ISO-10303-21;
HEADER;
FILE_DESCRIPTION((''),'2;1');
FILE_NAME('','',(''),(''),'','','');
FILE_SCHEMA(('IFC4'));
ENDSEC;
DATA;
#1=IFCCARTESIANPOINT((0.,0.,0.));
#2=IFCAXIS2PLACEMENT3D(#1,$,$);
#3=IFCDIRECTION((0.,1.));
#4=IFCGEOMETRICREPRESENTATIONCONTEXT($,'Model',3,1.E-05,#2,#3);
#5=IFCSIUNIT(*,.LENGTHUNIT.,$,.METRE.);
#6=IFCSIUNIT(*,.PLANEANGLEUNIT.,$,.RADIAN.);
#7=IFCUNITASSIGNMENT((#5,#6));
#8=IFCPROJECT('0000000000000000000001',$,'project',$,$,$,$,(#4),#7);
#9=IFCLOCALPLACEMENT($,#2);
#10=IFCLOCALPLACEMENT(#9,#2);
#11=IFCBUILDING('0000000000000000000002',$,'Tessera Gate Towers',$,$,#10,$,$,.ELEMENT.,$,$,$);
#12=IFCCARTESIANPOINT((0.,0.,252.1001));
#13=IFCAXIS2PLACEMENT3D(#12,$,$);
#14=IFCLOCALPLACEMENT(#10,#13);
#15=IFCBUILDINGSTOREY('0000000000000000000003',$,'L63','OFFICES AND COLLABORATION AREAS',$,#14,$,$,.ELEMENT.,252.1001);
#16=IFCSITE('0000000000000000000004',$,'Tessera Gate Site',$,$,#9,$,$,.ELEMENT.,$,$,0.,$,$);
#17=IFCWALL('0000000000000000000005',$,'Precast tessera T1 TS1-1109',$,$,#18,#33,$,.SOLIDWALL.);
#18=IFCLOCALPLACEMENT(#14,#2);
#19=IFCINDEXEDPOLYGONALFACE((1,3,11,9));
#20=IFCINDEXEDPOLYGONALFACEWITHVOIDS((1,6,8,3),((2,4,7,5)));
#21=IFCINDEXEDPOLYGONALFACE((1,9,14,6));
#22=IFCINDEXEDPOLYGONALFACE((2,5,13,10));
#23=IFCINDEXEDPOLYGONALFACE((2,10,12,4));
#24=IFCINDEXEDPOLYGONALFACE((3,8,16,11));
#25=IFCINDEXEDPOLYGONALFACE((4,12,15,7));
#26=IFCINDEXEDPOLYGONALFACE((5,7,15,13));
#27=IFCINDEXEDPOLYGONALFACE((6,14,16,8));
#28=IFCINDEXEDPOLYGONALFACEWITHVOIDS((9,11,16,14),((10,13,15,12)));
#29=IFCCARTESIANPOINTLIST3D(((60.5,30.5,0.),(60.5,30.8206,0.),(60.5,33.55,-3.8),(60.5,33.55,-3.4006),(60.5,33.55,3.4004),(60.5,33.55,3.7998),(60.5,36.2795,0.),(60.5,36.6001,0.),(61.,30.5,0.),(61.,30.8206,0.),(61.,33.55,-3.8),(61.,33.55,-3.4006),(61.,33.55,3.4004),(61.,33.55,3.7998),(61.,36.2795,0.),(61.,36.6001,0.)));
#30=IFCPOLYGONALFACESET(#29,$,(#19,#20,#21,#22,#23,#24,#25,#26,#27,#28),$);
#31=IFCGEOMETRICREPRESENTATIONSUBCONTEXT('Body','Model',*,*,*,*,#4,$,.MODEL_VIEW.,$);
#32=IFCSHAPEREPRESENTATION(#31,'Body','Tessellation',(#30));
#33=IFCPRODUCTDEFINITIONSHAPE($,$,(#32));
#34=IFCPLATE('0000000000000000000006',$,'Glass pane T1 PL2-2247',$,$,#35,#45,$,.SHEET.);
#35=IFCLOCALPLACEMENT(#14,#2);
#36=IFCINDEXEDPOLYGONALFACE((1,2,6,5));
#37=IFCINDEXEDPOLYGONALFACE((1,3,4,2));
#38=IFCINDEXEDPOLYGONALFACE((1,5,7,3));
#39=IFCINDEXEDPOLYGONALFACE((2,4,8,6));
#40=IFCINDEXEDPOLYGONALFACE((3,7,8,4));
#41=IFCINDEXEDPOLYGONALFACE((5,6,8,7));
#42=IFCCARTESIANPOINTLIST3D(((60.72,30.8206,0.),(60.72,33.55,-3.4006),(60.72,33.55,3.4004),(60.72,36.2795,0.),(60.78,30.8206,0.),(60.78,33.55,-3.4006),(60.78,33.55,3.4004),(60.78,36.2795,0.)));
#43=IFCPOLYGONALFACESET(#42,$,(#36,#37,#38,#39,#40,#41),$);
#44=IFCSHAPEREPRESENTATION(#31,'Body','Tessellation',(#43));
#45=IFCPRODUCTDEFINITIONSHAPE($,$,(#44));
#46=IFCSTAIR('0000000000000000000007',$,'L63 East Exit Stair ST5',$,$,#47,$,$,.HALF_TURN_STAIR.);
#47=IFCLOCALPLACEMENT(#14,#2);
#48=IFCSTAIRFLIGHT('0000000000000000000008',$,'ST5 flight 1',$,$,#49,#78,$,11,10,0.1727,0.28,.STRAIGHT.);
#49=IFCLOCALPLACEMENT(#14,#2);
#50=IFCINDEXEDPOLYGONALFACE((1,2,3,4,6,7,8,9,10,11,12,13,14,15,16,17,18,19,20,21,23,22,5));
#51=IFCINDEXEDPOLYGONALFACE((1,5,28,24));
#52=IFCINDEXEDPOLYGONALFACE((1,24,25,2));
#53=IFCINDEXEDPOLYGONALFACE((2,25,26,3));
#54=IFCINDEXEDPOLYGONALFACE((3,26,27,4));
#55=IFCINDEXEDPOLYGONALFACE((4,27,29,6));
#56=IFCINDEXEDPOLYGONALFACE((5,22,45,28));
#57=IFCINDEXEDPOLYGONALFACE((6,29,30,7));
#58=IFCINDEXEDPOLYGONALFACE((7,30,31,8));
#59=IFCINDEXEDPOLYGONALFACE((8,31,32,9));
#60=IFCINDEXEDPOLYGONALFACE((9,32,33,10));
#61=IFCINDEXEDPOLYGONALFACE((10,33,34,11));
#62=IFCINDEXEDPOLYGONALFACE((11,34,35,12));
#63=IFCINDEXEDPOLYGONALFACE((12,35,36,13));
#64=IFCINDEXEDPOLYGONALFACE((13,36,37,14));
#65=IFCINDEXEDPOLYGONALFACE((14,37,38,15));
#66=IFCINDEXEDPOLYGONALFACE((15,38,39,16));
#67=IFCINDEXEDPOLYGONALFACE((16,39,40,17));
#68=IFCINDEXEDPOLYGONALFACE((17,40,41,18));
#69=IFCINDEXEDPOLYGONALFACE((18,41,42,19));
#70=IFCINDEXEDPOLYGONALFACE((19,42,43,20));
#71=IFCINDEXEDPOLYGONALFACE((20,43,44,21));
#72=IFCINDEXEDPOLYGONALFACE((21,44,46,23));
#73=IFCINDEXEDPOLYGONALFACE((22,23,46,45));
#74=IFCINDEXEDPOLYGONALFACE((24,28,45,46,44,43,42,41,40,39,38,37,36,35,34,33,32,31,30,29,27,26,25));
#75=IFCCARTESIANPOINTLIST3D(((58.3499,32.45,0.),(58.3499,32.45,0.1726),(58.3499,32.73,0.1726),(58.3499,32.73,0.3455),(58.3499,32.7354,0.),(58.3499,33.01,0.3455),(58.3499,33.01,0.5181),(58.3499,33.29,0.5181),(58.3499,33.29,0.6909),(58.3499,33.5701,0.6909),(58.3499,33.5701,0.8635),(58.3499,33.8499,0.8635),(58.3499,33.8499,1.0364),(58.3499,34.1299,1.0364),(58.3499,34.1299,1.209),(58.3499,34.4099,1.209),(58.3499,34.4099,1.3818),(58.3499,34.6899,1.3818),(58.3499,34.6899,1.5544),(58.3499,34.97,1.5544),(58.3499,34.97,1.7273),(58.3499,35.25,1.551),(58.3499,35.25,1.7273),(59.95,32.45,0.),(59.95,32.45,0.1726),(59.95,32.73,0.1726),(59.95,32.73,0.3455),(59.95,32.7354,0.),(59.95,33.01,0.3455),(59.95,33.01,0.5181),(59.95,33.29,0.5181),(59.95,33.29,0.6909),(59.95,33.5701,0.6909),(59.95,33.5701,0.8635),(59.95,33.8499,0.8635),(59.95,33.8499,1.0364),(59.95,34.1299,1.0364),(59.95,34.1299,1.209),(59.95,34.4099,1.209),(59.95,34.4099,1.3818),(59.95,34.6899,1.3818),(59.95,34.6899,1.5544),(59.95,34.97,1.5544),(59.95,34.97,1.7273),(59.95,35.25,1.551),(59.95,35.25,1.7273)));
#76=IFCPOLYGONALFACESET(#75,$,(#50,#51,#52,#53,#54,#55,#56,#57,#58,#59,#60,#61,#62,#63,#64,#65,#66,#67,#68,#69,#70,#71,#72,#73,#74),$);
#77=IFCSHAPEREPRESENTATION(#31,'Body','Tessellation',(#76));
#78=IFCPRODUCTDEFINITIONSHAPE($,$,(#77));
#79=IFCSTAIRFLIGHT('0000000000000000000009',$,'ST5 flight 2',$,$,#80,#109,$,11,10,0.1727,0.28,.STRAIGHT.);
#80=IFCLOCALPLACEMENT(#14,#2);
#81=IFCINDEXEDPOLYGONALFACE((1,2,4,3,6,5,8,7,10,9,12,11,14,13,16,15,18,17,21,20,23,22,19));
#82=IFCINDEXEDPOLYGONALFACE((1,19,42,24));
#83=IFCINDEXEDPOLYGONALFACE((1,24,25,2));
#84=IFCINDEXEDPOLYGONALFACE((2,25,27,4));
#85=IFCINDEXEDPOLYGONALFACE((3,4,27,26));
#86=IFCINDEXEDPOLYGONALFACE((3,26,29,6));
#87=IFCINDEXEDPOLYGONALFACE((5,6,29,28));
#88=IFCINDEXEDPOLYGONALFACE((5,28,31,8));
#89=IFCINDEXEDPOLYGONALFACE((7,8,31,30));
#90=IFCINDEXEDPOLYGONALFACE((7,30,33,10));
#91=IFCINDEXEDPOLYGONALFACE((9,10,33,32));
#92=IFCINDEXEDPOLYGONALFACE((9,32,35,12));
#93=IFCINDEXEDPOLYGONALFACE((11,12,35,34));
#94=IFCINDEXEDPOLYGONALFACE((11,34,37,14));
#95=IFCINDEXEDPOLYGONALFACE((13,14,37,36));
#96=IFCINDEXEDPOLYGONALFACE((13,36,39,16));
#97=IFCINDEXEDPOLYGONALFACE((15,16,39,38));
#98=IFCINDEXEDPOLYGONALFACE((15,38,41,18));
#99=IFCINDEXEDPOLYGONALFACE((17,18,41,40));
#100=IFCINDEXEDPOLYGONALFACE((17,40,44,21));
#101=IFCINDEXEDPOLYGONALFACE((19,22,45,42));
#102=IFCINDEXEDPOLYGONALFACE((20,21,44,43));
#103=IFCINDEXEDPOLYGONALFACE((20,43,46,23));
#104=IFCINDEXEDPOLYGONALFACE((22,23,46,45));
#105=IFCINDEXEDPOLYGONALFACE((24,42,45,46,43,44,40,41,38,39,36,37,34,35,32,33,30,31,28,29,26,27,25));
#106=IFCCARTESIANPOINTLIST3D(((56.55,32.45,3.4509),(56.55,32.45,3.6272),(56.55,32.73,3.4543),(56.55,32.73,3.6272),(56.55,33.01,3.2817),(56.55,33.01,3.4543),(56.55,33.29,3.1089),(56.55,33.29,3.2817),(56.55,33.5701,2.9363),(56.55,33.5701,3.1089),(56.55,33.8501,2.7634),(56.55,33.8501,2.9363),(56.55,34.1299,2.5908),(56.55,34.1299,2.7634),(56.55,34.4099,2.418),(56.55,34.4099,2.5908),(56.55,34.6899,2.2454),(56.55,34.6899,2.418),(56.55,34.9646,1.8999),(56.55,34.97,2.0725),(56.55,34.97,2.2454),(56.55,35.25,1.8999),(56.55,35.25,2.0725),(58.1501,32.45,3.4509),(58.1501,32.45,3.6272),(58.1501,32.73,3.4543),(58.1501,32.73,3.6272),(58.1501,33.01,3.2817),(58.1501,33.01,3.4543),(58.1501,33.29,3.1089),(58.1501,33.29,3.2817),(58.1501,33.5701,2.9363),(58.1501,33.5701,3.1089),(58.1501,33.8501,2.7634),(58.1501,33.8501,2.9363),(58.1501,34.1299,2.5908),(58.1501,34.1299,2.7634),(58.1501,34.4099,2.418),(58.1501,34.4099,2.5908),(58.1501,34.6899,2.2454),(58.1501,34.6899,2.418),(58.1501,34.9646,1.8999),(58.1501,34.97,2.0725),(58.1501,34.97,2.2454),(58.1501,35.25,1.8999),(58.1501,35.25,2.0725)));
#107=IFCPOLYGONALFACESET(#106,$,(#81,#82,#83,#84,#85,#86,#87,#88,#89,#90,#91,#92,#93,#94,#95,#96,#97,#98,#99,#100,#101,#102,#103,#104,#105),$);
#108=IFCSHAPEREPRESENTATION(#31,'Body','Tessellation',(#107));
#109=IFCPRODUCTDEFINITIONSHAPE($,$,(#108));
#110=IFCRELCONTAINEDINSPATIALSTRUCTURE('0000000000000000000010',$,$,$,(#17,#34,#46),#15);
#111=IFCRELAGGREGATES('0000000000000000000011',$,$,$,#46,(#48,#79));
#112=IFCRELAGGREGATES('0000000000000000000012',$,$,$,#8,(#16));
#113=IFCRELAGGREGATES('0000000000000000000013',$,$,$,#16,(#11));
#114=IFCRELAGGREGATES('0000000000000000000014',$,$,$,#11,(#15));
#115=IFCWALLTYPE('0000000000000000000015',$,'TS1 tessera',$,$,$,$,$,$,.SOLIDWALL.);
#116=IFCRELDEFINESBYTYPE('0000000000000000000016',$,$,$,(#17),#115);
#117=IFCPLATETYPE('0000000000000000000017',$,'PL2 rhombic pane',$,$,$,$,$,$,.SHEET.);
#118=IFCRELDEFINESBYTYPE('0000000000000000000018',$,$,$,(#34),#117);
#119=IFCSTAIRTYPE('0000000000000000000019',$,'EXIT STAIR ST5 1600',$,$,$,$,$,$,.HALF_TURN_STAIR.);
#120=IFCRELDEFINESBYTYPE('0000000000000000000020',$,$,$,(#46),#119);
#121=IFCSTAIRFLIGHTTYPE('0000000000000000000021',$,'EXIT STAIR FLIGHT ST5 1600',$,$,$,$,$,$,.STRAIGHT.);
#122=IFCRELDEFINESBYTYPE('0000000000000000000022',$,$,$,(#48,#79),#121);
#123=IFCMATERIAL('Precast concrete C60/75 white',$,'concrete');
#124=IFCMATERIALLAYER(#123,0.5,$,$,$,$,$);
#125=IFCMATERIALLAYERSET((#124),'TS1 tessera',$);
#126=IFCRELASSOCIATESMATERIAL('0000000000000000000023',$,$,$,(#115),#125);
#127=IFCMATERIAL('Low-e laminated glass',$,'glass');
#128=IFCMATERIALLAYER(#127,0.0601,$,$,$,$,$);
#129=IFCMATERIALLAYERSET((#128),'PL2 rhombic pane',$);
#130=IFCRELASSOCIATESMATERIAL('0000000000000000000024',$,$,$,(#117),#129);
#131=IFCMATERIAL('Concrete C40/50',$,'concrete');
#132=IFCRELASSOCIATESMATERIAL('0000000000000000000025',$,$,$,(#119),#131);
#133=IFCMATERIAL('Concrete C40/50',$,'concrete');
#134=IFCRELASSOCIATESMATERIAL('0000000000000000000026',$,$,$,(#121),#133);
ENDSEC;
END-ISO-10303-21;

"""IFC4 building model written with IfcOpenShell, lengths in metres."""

from ifc_helpers import new_model, si_unit, direction, frame, origin, place, context, subcontext, project, spatial, polyline, outline, extrude, source, transform, mapped, material, layer, layer_set, type_object, element, fill, aggregate, save


model = new_model("IFC4")

# Units and contexts
model_context = context("Model", 3, precision=1e-05, world=origin(), true_north=direction((0.0, 1.0)))
body_context = subcontext(model_context, "Body", "Model", "MODEL_VIEW")
ifc_project = project(units=[si_unit("LENGTHUNIT", "METRE"), si_unit("PLANEANGLEUNIT", "RADIAN")], contexts=[model_context])

# Site, building, storey
site_placement = place(None, origin())
site = spatial("IfcSite", under=ifc_project, at=site_placement, Name="Tessera Gate Site", CompositionType="ELEMENT", RefElevation=0.0)
building_placement = place(site_placement, origin())
building = spatial("IfcBuilding", under=site, at=building_placement, Name="Tessera Gate Towers", CompositionType="ELEMENT")
storey_placement = place(building_placement, frame((0.0, 0.0, 252.1001)))
storey = spatial("IfcBuildingStorey", under=building, at=storey_placement, Name="L63", Description="OFFICES AND COLLABORATION AREAS", CompositionType="ELEMENT", Elevation=252.1001)

# Wall, opening, plate
ifc_material_1 = material(Name="Precast concrete C60/75 white", Category="concrete")
ifc_layer_1 = layer(ifc_material_1, 0.5)
ifc_layer_set_1 = layer_set([ifc_layer_1], Name="TS1 tessera")
wall_type_1 = type_object("IfcWallType", Name="TS1 tessera", PredefinedType="SOLIDWALL", material=ifc_layer_set_1)
shared_shape_1 = source(origin(), body_context, "Body", "SweptSolid", [
    extrude(outline(polyline([(3.05, 0.0), (6.1001, 3.8), (3.05, 7.5999), (0.0, 3.8), (3.05, 0.0)])), frame((0.0, 0.25, 0.0), z_axis=(0.0, -1.0, 0.0), x_axis=(1.0, 0.0, 0.0)), (0.0, 0.0, 1.0), 0.5),
])
wall_1_placement = place(storey_placement, frame((60.75, 30.5, -3.8), z_axis=(0.0, 0.0, 1.0), x_axis=(0.0, 1.0, 0.0)))
wall_1 = element("IfcWall", 1, at=wall_1_placement, inside=storey, type_object=wall_type_1, Name="Precast tessera T1 TS1-1109", PredefinedType="SOLIDWALL", context=body_context, shape_type="MappedRepresentation", body=[
    mapped(shared_shape_1, transform((0.0, 0.0, 0.0), scale=1.0)),
])
shared_shape_2 = source(origin(), body_context, "Body", "SweptSolid", [
    extrude(outline(polyline([(3.05, 0.3994), (5.7795, 3.8), (3.05, 7.2004), (0.3206, 3.8), (3.05, 0.3994)])), frame((0.0, 0.26, 0.0), z_axis=(0.0, -1.0, 0.0), x_axis=(1.0, 0.0, 0.0)), (0.0, 0.0, 1.0), 0.52),
])
opening_1_placement = place(wall_1_placement, origin())
opening_1 = element("IfcOpeningElement", 2, at=opening_1_placement, cuts=wall_1, PredefinedType="OPENING", context=body_context, shape_type="MappedRepresentation", body=[
    mapped(shared_shape_2, transform((0.0, 0.0, 0.0), scale=1.0)),
])
ifc_material_2 = material(Name="Low-e laminated glass", Category="glass")
ifc_layer_2 = layer(ifc_material_2, 0.0601)
ifc_layer_set_2 = layer_set([ifc_layer_2], Name="PL2 rhombic pane")
plate_type = type_object("IfcPlateType", Name="PL2 rhombic pane", PredefinedType="SHEET", material=ifc_layer_set_2)
shared_shape_3 = source(origin(), body_context, "Body", "SweptSolid", [
    extrude(outline(polyline([(3.05, 0.3994), (5.7795, 3.8), (3.05, 7.2004), (0.3206, 3.8), (3.05, 0.3994)])), frame((0.0, 0.03, 0.0), z_axis=(0.0, -1.0, 0.0), x_axis=(1.0, 0.0, 0.0)), (0.0, 0.0, 1.0), 0.0601),
])
plate_placement = place(opening_1_placement, origin())
plate = element("IfcPlate", 3, at=plate_placement, inside=storey, type_object=plate_type, Name="Glass pane T1 PL2-2247", PredefinedType="SHEET", context=body_context, shape_type="MappedRepresentation", body=[
    mapped(shared_shape_3, transform((0.0, 0.0, 0.0), scale=1.0)),
])
fill(opening_1, plate)

# Stair, stair flights
ifc_material_3 = material(Name="Concrete C40/50", Category="concrete")
stair_type = type_object("IfcStairType", Name="EXIT STAIR ST5 1600", PredefinedType="HALF_TURN_STAIR", material=ifc_material_3)
stair_placement = place(storey_placement, origin())
stair = element("IfcStair", 4, at=stair_placement, inside=storey, type_object=stair_type, Name="L63 East Exit Stair ST5", PredefinedType="HALF_TURN_STAIR")
ifc_material_4 = material(Name="Concrete C40/50", Category="concrete")
stair_flight_type = type_object("IfcStairFlightType", Name="EXIT STAIR FLIGHT ST5 1600", PredefinedType="STRAIGHT", material=ifc_material_4)
stair_flight_1_placement = place(storey_placement, frame((59.1499, 32.45, 0.0), z_axis=(0.0, 0.0, 1.0), x_axis=(0.0, 1.0, 0.0)))
stair_flight_1 = element("IfcStairFlight", 5, at=stair_flight_1_placement, type_object=stair_flight_type, Name="ST5 flight 1", NumberOfRisers=11, NumberOfTreads=10, PredefinedType="STRAIGHT", RiserHeight=0.1727, TreadLength=0.28, context=body_context, shape_type="SweptSolid", body=[
    extrude(outline(polyline([(0.0, 0.0), (0.0, 0.1726), (0.28, 0.1726), (0.28, 0.3455), (0.5601, 0.3455), (0.5601, 0.5181), (0.8401, 0.5181), (0.8401, 0.6909), (1.1201, 0.6909), (1.1201, 0.8635), (1.3999, 0.8635), (1.3999, 1.0364), (1.6799, 1.0364), (1.6799, 1.209), (1.96, 1.209), (1.96, 1.3818), (2.24, 1.3818), (2.24, 1.5544), (2.52, 1.5544), (2.52, 1.7273), (2.8, 1.7273), (2.8, 1.8999), (2.8, 1.551), (0.2854, 0.0), (0.0, 0.0)])), frame((0.0, 0.8, 0.0), z_axis=(0.0, -1.0, 0.0), x_axis=(1.0, 0.0, 0.0)), (0.0, 0.0, 1.0), 1.6001),
])
stair_flight_2_placement = place(storey_placement, frame((57.3501, 35.25, 1.8999), z_axis=(0.0, 0.0, 1.0), x_axis=(0.0, -1.0, 0.0)))
stair_flight_2 = element("IfcStairFlight", 6, at=stair_flight_2_placement, type_object=stair_flight_type, Name="ST5 flight 2", NumberOfRisers=11, NumberOfTreads=10, PredefinedType="STRAIGHT", RiserHeight=0.1727, TreadLength=0.28, context=body_context, shape_type="SweptSolid", body=[
    extrude(outline(polyline([(0.0, 0.0), (0.0, 0.1726), (0.28, 0.1726), (0.28, 0.3455), (0.5601, 0.3455), (0.5601, 0.5181), (0.8401, 0.5181), (0.8401, 0.6909), (1.1201, 0.6909), (1.1201, 0.8635), (1.3999, 0.8635), (1.3999, 1.0364), (1.6799, 1.0364), (1.6799, 1.209), (1.96, 1.209), (1.96, 1.3818), (2.24, 1.3818), (2.24, 1.5544), (2.52, 1.5544), (2.52, 1.7273), (2.8, 1.7273), (2.8, 1.8999), (2.8, 1.551), (0.2854, 0.0), (0.0, 0.0)])), frame((0.0, 0.8, 0.0), z_axis=(0.0, -1.0, 0.0), x_axis=(1.0, 0.0, 0.0)), (0.0, 0.0, 1.0), 1.6001),
])
aggregate(stair, [stair_flight_1, stair_flight_2])

save(model, "model.ifc")
